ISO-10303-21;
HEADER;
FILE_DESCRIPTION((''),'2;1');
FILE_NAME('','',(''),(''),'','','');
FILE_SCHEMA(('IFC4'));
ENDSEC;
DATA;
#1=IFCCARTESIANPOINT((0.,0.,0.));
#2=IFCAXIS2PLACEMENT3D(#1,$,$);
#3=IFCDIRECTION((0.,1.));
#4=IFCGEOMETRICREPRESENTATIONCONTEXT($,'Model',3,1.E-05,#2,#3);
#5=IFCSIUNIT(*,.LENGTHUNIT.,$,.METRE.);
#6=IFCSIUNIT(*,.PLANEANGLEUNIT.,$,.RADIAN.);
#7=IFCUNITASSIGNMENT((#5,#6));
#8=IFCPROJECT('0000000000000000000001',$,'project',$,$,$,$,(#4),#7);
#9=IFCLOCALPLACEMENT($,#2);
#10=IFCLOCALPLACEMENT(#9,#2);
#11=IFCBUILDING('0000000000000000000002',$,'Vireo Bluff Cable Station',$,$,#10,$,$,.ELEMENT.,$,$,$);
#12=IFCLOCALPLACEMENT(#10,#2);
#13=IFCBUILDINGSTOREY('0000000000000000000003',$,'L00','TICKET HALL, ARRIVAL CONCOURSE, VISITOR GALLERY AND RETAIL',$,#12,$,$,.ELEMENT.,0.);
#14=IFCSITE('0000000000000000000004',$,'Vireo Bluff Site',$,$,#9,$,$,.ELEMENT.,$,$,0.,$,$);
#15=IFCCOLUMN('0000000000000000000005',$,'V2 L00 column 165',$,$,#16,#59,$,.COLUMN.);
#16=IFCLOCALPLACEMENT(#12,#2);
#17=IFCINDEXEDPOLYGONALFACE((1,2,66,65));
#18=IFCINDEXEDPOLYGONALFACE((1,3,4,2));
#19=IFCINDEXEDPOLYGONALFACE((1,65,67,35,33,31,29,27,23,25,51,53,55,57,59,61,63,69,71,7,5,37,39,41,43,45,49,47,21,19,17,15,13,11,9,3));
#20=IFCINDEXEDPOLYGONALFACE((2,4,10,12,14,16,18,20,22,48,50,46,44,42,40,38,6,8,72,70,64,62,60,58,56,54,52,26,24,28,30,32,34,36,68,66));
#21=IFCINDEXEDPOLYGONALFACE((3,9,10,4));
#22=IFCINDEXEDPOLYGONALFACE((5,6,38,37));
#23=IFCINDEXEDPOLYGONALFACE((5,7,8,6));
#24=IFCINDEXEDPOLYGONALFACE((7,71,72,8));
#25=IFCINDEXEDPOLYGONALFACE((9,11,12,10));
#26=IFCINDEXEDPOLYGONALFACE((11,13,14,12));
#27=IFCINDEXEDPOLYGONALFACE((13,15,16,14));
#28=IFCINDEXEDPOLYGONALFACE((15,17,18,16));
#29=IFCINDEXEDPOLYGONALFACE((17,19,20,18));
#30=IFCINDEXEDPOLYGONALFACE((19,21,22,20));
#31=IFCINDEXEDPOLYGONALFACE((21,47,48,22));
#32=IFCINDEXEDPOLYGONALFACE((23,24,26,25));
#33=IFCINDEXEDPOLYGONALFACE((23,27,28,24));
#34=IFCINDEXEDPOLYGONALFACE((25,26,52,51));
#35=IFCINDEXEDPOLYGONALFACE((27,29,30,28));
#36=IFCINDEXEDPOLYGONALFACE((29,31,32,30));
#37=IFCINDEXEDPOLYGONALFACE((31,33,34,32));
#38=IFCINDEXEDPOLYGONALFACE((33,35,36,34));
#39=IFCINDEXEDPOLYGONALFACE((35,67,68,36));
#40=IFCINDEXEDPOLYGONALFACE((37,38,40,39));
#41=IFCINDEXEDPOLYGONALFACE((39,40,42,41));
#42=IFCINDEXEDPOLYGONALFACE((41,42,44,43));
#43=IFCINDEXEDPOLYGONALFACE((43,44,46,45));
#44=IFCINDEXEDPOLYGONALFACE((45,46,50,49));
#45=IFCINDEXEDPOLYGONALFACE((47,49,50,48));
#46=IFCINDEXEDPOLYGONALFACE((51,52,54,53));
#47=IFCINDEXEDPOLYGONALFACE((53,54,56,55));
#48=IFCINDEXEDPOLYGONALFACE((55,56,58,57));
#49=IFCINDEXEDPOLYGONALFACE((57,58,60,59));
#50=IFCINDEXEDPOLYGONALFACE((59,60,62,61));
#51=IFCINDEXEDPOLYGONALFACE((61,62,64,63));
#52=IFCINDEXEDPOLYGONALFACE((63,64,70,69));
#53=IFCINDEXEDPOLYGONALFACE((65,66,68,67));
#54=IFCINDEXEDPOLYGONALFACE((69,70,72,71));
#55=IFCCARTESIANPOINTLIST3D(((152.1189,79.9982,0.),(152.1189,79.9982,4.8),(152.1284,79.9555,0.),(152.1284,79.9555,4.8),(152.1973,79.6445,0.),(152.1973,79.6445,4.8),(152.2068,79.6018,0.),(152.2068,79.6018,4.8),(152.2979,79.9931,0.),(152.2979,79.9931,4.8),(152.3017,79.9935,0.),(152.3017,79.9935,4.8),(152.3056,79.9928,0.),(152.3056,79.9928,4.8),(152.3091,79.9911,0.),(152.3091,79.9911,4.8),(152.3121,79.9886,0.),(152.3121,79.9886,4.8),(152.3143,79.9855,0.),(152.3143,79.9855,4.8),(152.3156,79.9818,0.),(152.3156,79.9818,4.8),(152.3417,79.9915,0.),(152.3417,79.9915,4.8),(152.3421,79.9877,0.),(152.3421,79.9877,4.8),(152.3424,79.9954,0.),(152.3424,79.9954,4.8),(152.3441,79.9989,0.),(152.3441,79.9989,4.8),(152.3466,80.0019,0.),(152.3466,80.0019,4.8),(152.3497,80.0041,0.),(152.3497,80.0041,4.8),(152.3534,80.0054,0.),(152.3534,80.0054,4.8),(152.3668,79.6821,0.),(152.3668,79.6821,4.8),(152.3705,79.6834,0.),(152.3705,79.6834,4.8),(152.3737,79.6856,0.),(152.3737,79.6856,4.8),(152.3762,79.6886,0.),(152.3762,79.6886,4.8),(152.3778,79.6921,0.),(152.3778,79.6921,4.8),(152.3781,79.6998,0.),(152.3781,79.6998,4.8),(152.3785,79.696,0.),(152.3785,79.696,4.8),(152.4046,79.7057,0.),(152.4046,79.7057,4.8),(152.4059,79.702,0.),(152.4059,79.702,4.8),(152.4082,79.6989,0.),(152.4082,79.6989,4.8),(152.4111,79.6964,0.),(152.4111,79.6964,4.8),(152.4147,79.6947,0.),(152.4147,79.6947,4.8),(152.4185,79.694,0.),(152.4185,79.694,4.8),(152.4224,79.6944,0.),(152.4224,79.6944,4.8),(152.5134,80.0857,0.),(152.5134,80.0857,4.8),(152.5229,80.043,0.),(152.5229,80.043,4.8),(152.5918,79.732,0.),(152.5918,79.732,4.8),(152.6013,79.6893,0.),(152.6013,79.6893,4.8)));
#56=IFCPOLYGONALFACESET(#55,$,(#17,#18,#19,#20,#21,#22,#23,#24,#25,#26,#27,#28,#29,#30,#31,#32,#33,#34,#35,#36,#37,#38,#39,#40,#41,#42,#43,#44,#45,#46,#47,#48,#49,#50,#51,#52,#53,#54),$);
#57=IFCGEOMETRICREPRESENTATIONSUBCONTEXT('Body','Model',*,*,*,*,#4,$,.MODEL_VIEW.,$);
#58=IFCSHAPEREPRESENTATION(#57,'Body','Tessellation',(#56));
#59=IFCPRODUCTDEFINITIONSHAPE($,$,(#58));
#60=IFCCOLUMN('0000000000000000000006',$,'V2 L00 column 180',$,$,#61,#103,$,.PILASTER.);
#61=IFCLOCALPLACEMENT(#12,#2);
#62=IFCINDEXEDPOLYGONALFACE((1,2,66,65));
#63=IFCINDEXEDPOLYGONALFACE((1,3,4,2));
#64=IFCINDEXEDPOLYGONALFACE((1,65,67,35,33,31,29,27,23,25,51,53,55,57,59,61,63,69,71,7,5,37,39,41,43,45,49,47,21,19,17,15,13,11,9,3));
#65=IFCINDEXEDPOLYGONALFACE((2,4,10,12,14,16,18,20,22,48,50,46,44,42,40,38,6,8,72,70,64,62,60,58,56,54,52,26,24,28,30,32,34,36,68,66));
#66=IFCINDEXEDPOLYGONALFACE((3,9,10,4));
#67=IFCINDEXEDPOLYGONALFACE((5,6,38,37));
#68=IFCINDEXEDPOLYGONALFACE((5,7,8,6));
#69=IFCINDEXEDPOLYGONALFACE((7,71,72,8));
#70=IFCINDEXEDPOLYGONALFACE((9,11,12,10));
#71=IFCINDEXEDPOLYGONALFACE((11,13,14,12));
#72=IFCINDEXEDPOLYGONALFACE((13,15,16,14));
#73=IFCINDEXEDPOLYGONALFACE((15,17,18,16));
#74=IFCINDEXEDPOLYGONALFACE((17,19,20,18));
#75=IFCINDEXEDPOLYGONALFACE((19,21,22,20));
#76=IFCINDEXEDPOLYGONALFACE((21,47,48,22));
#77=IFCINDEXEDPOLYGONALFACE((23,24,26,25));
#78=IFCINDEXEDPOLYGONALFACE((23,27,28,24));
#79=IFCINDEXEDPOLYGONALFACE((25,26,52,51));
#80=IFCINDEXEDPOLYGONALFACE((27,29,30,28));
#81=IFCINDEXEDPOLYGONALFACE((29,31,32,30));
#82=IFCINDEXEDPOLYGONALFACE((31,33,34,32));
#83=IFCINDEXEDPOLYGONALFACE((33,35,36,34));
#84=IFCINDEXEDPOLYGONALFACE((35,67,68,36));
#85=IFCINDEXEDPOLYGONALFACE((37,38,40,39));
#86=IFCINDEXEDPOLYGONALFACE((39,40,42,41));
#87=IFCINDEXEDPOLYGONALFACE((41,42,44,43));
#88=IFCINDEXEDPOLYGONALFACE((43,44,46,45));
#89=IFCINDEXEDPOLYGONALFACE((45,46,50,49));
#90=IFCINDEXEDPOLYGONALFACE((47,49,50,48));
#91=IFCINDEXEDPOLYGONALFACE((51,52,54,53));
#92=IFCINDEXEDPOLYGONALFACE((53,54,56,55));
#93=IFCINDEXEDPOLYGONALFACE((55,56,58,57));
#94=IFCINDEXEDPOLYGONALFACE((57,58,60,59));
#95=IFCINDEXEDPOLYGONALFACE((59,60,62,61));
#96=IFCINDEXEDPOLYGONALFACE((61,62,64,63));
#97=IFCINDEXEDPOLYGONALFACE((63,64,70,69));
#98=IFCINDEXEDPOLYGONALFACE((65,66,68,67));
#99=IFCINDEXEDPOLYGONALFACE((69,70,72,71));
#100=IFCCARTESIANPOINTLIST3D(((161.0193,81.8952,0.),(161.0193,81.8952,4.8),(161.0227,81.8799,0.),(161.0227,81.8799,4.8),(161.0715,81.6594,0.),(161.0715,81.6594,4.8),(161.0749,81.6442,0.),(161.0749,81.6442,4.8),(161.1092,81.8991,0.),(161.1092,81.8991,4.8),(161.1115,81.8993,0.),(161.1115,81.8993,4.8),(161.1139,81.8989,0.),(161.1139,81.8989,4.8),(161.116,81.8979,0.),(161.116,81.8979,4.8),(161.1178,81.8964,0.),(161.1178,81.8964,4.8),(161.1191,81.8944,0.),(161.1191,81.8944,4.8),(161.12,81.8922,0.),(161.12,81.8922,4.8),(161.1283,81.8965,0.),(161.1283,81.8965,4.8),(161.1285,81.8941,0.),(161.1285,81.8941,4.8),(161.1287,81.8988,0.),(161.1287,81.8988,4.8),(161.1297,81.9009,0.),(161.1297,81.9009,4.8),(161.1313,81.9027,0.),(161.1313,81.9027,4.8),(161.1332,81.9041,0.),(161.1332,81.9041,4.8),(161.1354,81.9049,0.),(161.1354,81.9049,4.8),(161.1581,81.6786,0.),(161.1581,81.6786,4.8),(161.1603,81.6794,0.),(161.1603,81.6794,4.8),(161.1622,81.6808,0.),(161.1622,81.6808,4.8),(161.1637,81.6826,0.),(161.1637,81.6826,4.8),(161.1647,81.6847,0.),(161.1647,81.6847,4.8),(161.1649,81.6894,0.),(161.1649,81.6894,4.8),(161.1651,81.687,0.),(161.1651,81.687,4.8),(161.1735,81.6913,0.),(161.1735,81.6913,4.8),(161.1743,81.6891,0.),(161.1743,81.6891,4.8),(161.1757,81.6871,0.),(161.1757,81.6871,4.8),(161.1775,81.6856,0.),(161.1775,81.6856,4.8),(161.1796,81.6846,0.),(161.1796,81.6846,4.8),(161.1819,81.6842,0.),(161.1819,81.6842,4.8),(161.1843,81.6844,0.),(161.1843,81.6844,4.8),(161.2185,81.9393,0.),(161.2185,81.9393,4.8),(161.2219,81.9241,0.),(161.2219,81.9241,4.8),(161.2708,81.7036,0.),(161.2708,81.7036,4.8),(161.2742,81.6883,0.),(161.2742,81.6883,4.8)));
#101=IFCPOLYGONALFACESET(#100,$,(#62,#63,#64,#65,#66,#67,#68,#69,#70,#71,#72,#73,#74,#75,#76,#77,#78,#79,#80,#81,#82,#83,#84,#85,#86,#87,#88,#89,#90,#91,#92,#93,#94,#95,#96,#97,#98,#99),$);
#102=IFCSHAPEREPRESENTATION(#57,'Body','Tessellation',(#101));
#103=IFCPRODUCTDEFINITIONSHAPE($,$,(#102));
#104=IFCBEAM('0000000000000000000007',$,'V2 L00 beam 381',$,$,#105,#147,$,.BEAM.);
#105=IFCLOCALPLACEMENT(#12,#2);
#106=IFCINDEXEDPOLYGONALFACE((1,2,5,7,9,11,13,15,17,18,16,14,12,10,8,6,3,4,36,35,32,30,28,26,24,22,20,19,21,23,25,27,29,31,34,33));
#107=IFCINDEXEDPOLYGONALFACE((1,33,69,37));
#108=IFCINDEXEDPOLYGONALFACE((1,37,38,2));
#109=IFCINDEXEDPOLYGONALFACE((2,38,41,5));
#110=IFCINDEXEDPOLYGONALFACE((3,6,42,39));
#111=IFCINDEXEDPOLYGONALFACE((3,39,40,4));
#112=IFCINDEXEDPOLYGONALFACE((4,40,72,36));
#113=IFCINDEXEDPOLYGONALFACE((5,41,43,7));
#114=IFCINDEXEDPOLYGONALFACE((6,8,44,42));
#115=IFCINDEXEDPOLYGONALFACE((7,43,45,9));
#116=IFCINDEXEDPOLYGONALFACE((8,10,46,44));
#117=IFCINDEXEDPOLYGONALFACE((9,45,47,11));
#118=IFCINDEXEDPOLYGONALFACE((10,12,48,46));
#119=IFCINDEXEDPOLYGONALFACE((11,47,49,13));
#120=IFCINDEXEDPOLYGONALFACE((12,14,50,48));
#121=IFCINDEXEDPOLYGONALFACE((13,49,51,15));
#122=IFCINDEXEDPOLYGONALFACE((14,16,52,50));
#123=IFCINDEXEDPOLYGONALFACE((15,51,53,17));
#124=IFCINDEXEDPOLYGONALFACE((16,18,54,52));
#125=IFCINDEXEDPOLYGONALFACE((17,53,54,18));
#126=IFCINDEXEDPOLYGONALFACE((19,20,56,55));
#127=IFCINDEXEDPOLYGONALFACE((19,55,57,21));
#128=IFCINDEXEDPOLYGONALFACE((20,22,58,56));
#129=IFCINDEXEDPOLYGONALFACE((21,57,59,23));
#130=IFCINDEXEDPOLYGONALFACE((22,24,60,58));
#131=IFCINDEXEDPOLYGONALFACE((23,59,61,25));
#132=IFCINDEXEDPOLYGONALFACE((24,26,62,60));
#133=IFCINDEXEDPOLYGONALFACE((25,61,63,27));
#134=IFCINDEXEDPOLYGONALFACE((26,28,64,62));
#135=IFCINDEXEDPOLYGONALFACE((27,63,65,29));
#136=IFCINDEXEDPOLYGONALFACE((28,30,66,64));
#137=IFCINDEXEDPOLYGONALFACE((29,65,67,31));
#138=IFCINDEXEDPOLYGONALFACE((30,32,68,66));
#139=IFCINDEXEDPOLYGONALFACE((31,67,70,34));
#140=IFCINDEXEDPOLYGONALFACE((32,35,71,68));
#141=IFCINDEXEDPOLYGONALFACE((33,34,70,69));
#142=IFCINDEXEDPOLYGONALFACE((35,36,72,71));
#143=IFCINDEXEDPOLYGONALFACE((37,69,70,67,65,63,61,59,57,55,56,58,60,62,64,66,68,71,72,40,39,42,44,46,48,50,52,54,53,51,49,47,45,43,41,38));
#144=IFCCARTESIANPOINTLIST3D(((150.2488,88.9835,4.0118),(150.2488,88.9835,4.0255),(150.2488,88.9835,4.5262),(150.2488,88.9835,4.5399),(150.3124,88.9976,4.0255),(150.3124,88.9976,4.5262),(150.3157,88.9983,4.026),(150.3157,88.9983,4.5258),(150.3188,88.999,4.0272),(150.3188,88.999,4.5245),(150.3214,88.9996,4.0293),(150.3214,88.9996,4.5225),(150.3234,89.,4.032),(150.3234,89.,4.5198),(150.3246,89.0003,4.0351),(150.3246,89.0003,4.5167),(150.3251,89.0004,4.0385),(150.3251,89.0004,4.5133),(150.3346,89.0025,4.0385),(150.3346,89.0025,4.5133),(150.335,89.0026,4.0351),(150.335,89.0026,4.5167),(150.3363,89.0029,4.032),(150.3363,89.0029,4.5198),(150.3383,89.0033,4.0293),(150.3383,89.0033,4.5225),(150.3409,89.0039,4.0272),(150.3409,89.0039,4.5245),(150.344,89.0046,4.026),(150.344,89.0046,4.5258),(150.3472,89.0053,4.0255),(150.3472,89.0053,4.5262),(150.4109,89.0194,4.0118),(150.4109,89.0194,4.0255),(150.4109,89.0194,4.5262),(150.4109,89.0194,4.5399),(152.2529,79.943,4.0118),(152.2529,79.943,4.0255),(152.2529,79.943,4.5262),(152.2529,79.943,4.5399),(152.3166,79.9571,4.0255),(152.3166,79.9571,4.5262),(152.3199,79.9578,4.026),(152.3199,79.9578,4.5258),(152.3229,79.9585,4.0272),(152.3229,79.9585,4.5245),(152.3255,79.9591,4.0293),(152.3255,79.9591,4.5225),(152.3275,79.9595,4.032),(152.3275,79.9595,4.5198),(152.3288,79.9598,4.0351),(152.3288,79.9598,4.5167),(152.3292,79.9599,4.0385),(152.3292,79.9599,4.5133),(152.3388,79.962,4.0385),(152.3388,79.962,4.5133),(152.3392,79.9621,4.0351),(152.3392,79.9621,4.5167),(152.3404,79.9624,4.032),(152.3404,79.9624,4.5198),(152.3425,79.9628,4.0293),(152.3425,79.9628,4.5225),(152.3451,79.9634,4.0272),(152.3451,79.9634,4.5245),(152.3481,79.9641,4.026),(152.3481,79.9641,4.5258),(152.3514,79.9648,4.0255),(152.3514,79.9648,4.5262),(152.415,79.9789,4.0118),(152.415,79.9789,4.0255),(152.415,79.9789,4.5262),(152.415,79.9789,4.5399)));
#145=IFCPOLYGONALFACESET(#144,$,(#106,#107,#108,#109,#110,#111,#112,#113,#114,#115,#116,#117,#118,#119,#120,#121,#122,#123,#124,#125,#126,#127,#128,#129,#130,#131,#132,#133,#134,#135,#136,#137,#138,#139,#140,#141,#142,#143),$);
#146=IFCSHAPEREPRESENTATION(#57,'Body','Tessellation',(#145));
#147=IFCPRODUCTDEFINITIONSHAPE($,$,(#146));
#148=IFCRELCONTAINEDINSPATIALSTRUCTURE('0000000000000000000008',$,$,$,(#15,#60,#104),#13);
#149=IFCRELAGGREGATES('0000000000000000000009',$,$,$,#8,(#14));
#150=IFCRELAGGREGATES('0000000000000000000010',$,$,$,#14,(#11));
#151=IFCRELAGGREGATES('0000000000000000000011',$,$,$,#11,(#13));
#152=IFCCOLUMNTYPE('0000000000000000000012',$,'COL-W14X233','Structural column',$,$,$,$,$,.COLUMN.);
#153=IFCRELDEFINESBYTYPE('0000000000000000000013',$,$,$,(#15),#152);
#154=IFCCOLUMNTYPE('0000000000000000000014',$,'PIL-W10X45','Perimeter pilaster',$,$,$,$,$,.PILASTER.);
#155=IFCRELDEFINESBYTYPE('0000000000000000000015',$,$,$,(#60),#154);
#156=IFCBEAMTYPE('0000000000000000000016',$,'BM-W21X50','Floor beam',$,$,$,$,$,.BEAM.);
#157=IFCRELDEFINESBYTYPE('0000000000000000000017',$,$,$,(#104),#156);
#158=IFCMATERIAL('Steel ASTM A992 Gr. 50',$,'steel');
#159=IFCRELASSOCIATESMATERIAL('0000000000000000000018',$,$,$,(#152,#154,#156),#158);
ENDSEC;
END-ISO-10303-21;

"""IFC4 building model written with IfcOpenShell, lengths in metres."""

from ifc_helpers import new_model, si_unit, direction, frame, origin, origin_2d, place, context, subcontext, project, spatial, i_section, extrude, material, material_profile, profile_set, type_object, element, save


model = new_model("IFC4")

# Units and contexts
model_context = context("Model", 3, precision=1e-05, world=origin(), true_north=direction((0.0, 1.0)))
body_context = subcontext(model_context, "Body", "Model", "MODEL_VIEW")
ifc_project = project(units=[si_unit("LENGTHUNIT", "METRE"), si_unit("PLANEANGLEUNIT", "RADIAN")], contexts=[model_context])

# Site, building, storey
site_placement = place(None, origin())
site = spatial("IfcSite", under=ifc_project, at=site_placement, Name="Vireo Bluff Site", CompositionType="ELEMENT", RefElevation=0.0)
building_placement = place(site_placement, origin())
building = spatial("IfcBuilding", under=site, at=building_placement, Name="Vireo Bluff Cable Station", CompositionType="ELEMENT")
storey_placement = place(building_placement, origin())
storey = spatial("IfcBuildingStorey", under=building, at=storey_placement, Name="L00", Description="TICKET HALL, ARRIVAL CONCOURSE, VISITOR GALLERY AND RETAIL", CompositionType="ELEMENT", Elevation=0.0)

# Columns
ifc_material_1 = material(Name="Steel ASTM A992 Gr. 50", Category="steel")
ifc_material_profile_1 = material_profile(ifc_material_1, i_section(OverallWidth=0.4041, OverallDepth=0.406, WebThickness=0.0271, FlangeThickness=0.0437, FilletRadius=0.0149, at=origin_2d()), Name="W14X233")
ifc_profile_set_1 = profile_set([ifc_material_profile_1], Name="Steel ASTM A992 Gr. 50")
column_type_1 = type_object("IfcColumnType", Name="COL-W14X233", Description="Structural column", PredefinedType="COLUMN", material=ifc_profile_set_1)
column_1_placement = place(storey_placement, frame((152.3601, 79.8438, 0.0), z_axis=(0.0, 0.0, 1.0), x_axis=(0.976296, 0.21644, 0.0)))
element("IfcColumn", 1, at=column_1_placement, inside=storey, type_object=column_type_1, Name="V2 L00 column 165", PredefinedType="COLUMN", context=body_context, shape_type="SweptSolid", body=[
    extrude(i_section(OverallWidth=0.4041, OverallDepth=0.406, WebThickness=0.0271, FlangeThickness=0.0437, FilletRadius=0.0149, at=origin_2d()), origin(), (0.0, 0.0, 1.0), 4.8),
])
ifc_material_profile_2 = material_profile(ifc_material_1, i_section(OverallWidth=0.2041, OverallDepth=0.2571, WebThickness=0.0088, FlangeThickness=0.0156, FilletRadius=0.009, at=origin_2d()), Name="W10X45")
ifc_profile_set_2 = profile_set([ifc_material_profile_2], Name="Steel ASTM A992 Gr. 50")
column_type_2 = type_object("IfcColumnType", Name="PIL-W10X45", Description="Perimeter pilaster", PredefinedType="PILASTER", material=ifc_profile_set_2)
column_2_placement = place(storey_placement, frame((161.1467, 81.7917, 0.0), z_axis=(0.0, 0.0, 1.0), x_axis=(0.976296, 0.21644, 0.0)))
element("IfcColumn", 2, at=column_2_placement, inside=storey, type_object=column_type_2, Name="V2 L00 column 180", PredefinedType="PILASTER", context=body_context, shape_type="SweptSolid", body=[
    extrude(i_section(OverallWidth=0.2041, OverallDepth=0.2571, WebThickness=0.0088, FlangeThickness=0.0156, FilletRadius=0.009, at=origin_2d()), origin(), (0.0, 0.0, 1.0), 4.8),
])

# Beam
ifc_material_profile_3 = material_profile(ifc_material_1, i_section(OverallWidth=0.166, OverallDepth=0.5281, WebThickness=0.0098, FlangeThickness=0.0137, FilletRadius=0.0129, at=origin_2d()), Name="W21X50")
ifc_profile_set_3 = profile_set([ifc_material_profile_3], Name="Steel ASTM A992 Gr. 50")
beam_type_1 = type_object("IfcBeamType", Name="BM-W21X50", Description="Floor beam", PredefinedType="BEAM", material=ifc_profile_set_3)
beam_1_placement = place(storey_placement, frame((152.334, 79.9609, 4.2759), z_axis=(-0.216431, 0.976298, 0.0), x_axis=(-0.976298, -0.216431, 0.0)))
element("IfcBeam", 3, at=beam_1_placement, inside=storey, type_object=beam_type_1, Name="V2 L00 beam 381", PredefinedType="BEAM", context=body_context, shape_type="SweptSolid", body=[
    extrude(i_section(OverallWidth=0.166, OverallDepth=0.5281, WebThickness=0.0098, FlangeThickness=0.0137, FilletRadius=0.0129, at=origin_2d()), origin(), (0.0, 0.0, 1.0), 9.26),
])

save(model, "model.ifc")
